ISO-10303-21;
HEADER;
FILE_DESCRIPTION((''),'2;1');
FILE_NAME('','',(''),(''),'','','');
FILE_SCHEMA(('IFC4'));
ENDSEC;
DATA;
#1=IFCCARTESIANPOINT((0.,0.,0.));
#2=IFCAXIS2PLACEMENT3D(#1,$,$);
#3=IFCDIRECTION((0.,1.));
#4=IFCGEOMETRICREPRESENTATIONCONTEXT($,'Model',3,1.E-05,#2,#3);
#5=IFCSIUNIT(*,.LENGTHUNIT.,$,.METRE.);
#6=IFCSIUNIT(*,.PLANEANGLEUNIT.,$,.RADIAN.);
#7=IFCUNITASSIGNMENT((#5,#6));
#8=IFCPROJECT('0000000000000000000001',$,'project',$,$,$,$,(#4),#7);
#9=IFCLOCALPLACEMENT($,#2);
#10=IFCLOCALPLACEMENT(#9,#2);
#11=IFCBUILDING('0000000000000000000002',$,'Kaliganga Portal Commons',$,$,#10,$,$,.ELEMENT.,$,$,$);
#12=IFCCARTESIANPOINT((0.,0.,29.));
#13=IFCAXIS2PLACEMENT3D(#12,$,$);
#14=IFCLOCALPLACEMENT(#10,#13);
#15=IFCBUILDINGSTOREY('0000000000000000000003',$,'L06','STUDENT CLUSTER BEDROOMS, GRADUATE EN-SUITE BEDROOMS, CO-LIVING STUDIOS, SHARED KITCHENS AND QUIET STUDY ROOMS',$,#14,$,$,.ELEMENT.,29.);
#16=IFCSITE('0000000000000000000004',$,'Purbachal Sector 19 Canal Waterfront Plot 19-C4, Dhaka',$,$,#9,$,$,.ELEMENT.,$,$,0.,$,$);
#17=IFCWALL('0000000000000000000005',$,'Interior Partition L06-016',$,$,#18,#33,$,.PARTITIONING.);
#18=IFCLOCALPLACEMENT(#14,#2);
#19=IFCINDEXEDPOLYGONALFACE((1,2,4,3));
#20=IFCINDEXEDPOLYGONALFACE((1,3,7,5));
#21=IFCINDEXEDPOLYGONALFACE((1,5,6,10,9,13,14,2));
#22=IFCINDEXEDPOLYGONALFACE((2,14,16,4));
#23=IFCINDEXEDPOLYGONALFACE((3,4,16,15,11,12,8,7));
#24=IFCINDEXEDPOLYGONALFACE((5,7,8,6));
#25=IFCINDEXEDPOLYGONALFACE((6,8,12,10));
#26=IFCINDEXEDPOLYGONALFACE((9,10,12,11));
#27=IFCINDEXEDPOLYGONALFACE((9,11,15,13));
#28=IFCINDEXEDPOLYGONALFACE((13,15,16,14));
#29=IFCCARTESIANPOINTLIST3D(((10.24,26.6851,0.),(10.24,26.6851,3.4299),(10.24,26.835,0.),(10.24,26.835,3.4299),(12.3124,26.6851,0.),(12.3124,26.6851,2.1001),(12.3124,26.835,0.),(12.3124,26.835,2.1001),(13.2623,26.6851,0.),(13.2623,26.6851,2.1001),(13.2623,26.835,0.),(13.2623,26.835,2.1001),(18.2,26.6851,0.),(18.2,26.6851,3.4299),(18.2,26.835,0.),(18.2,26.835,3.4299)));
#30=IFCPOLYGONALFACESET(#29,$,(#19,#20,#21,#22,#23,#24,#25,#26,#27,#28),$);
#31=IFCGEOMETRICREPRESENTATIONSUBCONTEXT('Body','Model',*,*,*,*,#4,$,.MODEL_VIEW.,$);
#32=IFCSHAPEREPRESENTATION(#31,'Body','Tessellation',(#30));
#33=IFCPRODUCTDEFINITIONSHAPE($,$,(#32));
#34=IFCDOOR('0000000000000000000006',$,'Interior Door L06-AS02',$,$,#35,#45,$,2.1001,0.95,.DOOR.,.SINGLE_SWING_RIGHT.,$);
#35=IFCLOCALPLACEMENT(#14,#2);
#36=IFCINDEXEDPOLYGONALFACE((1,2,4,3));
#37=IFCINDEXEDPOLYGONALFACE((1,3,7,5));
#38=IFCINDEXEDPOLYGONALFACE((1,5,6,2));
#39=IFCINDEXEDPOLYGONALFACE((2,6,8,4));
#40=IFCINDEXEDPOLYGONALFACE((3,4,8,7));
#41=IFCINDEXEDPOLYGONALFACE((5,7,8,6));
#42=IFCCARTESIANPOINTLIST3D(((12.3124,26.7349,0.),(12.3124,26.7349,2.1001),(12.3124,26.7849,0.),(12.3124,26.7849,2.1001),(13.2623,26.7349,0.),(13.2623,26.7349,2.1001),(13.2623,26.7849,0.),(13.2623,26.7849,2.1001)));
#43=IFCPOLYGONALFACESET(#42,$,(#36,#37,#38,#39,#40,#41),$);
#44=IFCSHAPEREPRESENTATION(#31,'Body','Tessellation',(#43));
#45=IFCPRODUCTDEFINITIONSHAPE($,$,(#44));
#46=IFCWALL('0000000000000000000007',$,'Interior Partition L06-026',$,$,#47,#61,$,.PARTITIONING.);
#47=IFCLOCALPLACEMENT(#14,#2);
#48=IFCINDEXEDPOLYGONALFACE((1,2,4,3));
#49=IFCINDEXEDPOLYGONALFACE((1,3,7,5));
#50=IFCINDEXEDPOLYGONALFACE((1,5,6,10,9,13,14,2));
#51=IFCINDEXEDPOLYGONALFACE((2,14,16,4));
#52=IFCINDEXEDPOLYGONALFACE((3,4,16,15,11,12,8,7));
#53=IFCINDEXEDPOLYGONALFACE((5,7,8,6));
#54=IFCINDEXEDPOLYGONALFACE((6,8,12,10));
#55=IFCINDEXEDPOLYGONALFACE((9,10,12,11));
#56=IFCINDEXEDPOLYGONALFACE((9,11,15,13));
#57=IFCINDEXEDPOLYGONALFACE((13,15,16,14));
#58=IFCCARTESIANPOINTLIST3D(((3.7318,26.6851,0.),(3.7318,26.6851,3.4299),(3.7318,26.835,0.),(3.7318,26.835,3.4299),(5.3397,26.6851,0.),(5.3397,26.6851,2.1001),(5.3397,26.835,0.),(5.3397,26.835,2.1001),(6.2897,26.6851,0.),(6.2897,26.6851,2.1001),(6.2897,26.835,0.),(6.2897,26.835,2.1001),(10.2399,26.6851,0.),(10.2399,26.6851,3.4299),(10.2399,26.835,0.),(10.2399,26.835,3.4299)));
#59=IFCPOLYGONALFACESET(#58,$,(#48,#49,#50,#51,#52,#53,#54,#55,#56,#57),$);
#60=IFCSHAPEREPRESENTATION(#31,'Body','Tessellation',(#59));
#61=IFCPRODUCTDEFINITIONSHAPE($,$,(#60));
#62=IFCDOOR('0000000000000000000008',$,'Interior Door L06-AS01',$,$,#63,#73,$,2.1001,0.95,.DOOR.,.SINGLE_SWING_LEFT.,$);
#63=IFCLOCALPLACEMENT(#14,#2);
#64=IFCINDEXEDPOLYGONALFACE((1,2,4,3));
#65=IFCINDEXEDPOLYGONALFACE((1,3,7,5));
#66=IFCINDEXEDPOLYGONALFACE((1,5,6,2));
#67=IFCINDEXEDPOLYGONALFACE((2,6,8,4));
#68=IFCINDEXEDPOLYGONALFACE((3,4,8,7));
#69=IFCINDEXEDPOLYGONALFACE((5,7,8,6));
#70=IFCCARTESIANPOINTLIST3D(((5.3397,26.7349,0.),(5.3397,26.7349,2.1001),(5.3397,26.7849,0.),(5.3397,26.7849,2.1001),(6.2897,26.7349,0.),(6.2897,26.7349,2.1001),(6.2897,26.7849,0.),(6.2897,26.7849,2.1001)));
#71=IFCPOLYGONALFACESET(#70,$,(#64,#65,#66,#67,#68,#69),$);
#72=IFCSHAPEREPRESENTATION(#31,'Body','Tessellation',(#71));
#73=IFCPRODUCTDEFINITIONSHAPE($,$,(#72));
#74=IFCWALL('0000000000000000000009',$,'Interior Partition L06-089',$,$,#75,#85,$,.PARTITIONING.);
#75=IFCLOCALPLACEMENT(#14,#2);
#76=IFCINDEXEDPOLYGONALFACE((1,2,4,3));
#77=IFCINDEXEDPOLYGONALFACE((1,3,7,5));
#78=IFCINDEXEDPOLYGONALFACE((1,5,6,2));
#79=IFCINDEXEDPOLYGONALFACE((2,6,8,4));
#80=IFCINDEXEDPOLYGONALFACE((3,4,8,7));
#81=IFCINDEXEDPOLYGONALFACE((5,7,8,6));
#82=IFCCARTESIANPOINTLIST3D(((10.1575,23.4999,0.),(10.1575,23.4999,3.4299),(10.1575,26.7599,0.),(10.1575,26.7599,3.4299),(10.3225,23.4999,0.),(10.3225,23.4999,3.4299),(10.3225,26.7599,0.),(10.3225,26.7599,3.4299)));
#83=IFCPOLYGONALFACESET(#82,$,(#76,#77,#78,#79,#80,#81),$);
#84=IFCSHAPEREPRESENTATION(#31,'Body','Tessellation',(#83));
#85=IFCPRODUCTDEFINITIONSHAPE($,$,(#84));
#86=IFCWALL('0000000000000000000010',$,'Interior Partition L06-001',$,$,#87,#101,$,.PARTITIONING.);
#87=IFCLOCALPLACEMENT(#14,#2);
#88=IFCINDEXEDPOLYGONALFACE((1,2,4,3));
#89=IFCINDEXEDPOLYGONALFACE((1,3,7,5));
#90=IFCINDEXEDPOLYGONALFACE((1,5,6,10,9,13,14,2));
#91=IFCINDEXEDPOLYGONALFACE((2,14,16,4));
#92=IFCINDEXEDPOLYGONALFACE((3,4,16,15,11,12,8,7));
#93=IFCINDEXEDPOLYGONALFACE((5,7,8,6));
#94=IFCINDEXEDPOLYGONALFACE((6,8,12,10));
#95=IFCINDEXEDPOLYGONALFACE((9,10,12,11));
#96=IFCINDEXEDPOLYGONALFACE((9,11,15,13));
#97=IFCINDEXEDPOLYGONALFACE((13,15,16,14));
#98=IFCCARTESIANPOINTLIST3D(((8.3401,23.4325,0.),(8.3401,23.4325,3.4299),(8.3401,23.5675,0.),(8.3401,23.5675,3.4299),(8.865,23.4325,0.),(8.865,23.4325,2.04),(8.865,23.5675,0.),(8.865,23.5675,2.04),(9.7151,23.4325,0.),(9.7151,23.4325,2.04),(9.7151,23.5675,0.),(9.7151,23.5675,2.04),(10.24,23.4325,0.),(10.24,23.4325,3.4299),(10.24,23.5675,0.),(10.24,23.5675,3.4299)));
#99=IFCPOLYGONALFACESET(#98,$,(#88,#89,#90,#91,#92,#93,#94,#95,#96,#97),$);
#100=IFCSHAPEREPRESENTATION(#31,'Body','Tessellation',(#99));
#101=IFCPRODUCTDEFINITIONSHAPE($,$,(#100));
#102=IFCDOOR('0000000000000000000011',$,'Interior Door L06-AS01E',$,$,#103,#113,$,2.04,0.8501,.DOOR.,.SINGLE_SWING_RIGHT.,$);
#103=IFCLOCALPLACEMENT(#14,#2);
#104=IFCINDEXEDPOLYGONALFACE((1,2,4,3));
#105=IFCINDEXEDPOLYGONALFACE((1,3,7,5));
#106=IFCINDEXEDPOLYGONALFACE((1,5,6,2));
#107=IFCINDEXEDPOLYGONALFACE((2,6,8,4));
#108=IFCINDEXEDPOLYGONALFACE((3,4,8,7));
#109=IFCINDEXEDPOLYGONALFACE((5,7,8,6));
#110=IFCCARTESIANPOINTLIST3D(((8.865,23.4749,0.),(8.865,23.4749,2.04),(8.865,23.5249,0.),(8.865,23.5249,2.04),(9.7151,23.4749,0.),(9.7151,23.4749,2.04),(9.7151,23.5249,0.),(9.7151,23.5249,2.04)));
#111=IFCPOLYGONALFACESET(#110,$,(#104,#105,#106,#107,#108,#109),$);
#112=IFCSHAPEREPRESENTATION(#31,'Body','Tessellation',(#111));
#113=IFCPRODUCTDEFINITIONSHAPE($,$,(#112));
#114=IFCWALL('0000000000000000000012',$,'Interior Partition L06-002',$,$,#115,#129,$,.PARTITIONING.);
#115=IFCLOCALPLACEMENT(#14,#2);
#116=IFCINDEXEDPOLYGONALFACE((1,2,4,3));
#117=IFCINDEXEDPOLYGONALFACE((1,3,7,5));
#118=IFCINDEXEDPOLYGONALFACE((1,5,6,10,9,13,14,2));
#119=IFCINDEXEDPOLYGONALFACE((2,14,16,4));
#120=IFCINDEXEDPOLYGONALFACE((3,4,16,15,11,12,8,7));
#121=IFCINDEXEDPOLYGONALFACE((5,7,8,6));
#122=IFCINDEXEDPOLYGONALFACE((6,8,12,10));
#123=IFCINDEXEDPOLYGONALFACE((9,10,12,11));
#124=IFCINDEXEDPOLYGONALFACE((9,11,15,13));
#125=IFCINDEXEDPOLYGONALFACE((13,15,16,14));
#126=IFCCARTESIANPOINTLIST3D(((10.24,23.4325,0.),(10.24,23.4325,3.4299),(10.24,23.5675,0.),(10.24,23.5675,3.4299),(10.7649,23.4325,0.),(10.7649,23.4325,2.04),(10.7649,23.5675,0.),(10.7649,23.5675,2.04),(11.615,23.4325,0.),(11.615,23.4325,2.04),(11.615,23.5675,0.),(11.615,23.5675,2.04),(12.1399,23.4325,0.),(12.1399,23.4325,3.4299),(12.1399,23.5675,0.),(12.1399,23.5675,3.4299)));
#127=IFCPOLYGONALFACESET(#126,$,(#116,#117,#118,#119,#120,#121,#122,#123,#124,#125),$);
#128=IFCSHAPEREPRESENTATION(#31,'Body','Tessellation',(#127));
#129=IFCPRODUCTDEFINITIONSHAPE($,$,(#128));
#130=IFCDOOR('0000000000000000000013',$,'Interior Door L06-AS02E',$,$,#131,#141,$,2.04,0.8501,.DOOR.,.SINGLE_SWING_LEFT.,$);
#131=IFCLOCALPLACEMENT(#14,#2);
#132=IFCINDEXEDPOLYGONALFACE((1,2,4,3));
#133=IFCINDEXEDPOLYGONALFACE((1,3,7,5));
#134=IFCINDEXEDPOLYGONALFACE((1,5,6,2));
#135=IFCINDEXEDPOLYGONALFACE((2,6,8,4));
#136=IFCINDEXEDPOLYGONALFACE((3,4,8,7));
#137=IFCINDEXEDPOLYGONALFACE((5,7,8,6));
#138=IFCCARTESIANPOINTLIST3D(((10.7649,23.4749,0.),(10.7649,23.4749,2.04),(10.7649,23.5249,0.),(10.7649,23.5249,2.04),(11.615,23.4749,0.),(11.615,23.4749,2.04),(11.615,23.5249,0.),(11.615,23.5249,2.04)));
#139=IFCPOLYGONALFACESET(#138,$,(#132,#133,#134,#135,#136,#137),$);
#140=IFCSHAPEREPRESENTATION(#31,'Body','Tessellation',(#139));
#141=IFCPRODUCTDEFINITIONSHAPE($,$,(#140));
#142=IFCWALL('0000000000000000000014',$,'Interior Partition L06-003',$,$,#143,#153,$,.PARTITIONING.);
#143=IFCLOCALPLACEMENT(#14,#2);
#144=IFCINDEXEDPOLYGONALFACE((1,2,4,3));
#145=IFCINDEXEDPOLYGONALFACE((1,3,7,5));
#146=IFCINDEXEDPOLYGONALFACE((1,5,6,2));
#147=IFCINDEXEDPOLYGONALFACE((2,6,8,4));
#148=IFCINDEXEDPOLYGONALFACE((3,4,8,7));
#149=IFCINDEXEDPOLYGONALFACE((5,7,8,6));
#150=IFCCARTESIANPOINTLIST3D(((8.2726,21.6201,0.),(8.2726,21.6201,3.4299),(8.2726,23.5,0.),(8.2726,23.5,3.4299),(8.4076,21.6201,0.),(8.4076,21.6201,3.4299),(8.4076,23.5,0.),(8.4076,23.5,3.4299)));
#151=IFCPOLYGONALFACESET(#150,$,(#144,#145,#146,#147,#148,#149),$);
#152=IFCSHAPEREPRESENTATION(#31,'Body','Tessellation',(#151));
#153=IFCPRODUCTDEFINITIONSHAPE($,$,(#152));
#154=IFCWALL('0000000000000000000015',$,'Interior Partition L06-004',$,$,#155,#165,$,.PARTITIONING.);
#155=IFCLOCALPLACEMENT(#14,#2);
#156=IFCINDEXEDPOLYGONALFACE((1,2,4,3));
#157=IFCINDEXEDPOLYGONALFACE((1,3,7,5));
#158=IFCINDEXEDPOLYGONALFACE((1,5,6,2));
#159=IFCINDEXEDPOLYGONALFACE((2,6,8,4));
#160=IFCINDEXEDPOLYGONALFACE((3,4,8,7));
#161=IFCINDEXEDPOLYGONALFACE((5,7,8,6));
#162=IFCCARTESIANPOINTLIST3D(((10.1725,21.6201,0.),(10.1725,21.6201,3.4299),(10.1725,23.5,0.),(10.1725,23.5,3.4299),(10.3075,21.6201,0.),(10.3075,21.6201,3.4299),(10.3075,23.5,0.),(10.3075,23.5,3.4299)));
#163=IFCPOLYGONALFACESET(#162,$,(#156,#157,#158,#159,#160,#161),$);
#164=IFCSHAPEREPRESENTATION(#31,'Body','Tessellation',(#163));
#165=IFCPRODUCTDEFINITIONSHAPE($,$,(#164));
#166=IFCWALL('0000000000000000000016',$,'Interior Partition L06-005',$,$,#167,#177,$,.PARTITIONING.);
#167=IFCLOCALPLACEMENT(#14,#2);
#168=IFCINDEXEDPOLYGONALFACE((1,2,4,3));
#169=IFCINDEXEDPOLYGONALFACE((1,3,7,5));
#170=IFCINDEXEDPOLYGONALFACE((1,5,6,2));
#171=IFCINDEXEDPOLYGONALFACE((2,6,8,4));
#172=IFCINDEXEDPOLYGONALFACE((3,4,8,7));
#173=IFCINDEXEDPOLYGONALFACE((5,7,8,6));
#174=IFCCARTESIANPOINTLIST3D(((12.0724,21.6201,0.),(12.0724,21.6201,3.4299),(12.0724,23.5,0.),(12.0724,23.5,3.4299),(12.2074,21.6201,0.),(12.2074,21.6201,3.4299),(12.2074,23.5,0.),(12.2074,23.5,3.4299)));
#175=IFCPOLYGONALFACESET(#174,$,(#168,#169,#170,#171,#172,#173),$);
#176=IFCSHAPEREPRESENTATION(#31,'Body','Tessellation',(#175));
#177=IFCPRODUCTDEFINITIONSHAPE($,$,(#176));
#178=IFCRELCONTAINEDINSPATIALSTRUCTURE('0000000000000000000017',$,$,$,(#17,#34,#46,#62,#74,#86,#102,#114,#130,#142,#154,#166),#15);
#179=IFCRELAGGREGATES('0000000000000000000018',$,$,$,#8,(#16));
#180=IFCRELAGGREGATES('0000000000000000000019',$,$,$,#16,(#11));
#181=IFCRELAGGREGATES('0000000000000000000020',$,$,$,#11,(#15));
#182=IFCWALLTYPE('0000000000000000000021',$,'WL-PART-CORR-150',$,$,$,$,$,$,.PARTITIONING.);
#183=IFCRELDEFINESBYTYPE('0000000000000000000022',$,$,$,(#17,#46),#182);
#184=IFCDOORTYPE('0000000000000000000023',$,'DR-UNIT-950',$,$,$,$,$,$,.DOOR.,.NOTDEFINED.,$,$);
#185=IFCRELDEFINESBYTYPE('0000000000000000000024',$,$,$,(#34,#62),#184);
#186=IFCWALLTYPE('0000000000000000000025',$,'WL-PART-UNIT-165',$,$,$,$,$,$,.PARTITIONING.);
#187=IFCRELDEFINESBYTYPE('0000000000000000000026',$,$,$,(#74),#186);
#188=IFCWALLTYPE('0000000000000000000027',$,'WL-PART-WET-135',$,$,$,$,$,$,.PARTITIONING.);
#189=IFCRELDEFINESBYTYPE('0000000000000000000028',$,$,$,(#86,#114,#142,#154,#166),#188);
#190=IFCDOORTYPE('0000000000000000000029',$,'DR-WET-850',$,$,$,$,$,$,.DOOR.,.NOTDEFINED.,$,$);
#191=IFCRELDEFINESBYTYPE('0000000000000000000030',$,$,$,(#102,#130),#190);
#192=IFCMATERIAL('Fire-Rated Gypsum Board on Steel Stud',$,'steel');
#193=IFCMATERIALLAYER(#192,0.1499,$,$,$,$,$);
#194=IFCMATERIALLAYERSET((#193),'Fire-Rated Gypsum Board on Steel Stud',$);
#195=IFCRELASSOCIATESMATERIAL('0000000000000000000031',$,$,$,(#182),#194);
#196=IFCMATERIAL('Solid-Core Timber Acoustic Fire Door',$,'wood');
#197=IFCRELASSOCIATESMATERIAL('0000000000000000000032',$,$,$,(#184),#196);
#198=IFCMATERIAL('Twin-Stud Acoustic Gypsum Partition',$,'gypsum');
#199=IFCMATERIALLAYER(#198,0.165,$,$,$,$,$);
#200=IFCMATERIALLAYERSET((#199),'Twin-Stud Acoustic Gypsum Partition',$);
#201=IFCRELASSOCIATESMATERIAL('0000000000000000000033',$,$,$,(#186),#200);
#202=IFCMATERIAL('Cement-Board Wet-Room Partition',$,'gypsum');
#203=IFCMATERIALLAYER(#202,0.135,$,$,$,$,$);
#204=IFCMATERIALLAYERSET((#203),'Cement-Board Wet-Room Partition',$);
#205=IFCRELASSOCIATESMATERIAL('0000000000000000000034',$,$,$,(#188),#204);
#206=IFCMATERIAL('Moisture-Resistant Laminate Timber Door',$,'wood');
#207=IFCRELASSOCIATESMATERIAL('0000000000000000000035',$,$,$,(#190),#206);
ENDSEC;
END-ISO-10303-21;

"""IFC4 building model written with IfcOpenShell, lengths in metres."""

from ifc_helpers import new_model, si_unit, direction, frame, frame_2d, origin, place, context, subcontext, project, spatial, rectangle, extrude, material, layer, layer_set, type_object, element, fill, save


model = new_model("IFC4")

# Units and contexts
model_context = context("Model", 3, precision=1e-05, world=origin(), true_north=direction((0.0, 1.0)))
body_context = subcontext(model_context, "Body", "Model", "MODEL_VIEW")
ifc_project = project(units=[si_unit("LENGTHUNIT", "METRE"), si_unit("PLANEANGLEUNIT", "RADIAN")], contexts=[model_context])

# Site, building, storey
site_placement = place(None, origin())
site = spatial("IfcSite", under=ifc_project, at=site_placement, Name="Purbachal Sector 19 Canal Waterfront Plot 19-C4, Dhaka", CompositionType="ELEMENT", RefElevation=0.0)
building_placement = place(site_placement, origin())
building = spatial("IfcBuilding", under=site, at=building_placement, Name="Kaliganga Portal Commons", CompositionType="ELEMENT")
storey_placement = place(building_placement, frame((0.0, 0.0, 29.0)))
storey = spatial("IfcBuildingStorey", under=building, at=storey_placement, Name="L06", Description="STUDENT CLUSTER BEDROOMS, GRADUATE EN-SUITE BEDROOMS, CO-LIVING STUDIOS, SHARED KITCHENS AND QUIET STUDY ROOMS", CompositionType="ELEMENT", Elevation=29.0)

# Walls, openings, doors
ifc_material_1 = material(Name="Fire-Rated Gypsum Board on Steel Stud", Category="steel")
ifc_layer_1 = layer(ifc_material_1, 0.1499)
ifc_layer_set_1 = layer_set([ifc_layer_1], Name="Fire-Rated Gypsum Board on Steel Stud")
wall_type_1 = type_object("IfcWallType", Name="WL-PART-CORR-150", PredefinedType="PARTITIONING", material=ifc_layer_set_1)
wall_1_placement = place(storey_placement, frame((10.24, 26.76, 0.0), z_axis=(0.0, 0.0, 1.0), x_axis=(1.0, 0.0, 0.0)))
wall_1 = element("IfcWall", 1, at=wall_1_placement, inside=storey, type_object=wall_type_1, Name="Interior Partition L06-016", PredefinedType="PARTITIONING", context=body_context, shape_type="SweptSolid", body=[
    extrude(rectangle(XDim=7.96, YDim=0.1499, at=frame_2d((3.98, 0.0))), origin(), (0.0, 0.0, 1.0), 3.4299),
])
opening_1_placement = place(wall_1_placement, frame((2.0723, 0.0, 0.0)))
opening_1 = element("IfcOpeningElement", 2, at=opening_1_placement, cuts=wall_1, PredefinedType="OPENING", context=body_context, shape_type="SweptSolid", body=[
    extrude(rectangle(XDim=0.95, YDim=2.1001, at=frame_2d((0.4751, 1.05))), frame((0.0, 0.085, 0.0), z_axis=(0.0, -1.0, 0.0), x_axis=(1.0, 0.0, 0.0)), (0.0, 0.0, 1.0), 0.1699),
])
ifc_material_2 = material(Name="Solid-Core Timber Acoustic Fire Door", Category="wood")
door_type_1 = type_object("IfcDoorType", Name="DR-UNIT-950", OperationType="NOTDEFINED", PredefinedType="DOOR", material=ifc_material_2)
door_1_placement = place(opening_1_placement, origin())
door_1 = element("IfcDoor", 3, at=door_1_placement, inside=storey, type_object=door_type_1, Name="Interior Door L06-AS02", OperationType="SINGLE_SWING_RIGHT", OverallHeight=2.1001, OverallWidth=0.95, PredefinedType="DOOR", context=body_context, shape_type="SweptSolid", body=[
    extrude(rectangle(XDim=0.95, YDim=2.1001, at=frame_2d((0.4751, 1.05))), frame((0.0, 0.0249, 0.0), z_axis=(0.0, -1.0, 0.0), x_axis=(1.0, 0.0, 0.0)), (0.0, 0.0, 1.0), 0.05),
])
fill(opening_1, door_1)
wall_2_placement = place(storey_placement, frame((3.7319, 26.76, 0.0), z_axis=(0.0, 0.0, 1.0), x_axis=(1.0, 0.0, 0.0)))
wall_2 = element("IfcWall", 4, at=wall_2_placement, inside=storey, type_object=wall_type_1, Name="Interior Partition L06-026", PredefinedType="PARTITIONING", context=body_context, shape_type="SweptSolid", body=[
    extrude(rectangle(XDim=6.5081, YDim=0.1499, at=frame_2d((3.2539, 0.0))), origin(), (0.0, 0.0, 1.0), 3.4299),
])
opening_2_placement = place(wall_2_placement, frame((1.6077, 0.0, 0.0)))
opening_2 = element("IfcOpeningElement", 5, at=opening_2_placement, cuts=wall_2, PredefinedType="OPENING", context=body_context, shape_type="SweptSolid", body=[
    extrude(rectangle(XDim=0.95, YDim=2.1001, at=frame_2d((0.4751, 1.05))), frame((0.0, 0.085, 0.0), z_axis=(0.0, -1.0, 0.0), x_axis=(1.0, 0.0, 0.0)), (0.0, 0.0, 1.0), 0.1699),
])
door_2_placement = place(opening_2_placement, origin())
door_2 = element("IfcDoor", 6, at=door_2_placement, inside=storey, type_object=door_type_1, Name="Interior Door L06-AS01", OperationType="SINGLE_SWING_LEFT", OverallHeight=2.1001, OverallWidth=0.95, PredefinedType="DOOR", context=body_context, shape_type="SweptSolid", body=[
    extrude(rectangle(XDim=0.95, YDim=2.1001, at=frame_2d((0.4751, 1.05))), frame((0.0, 0.0249, 0.0), z_axis=(0.0, -1.0, 0.0), x_axis=(1.0, 0.0, 0.0)), (0.0, 0.0, 1.0), 0.05),
])
fill(opening_2, door_2)

# Wall
ifc_material_3 = material(Name="Twin-Stud Acoustic Gypsum Partition", Category="gypsum")
ifc_layer_2 = layer(ifc_material_3, 0.165)
ifc_layer_set_2 = layer_set([ifc_layer_2], Name="Twin-Stud Acoustic Gypsum Partition")
wall_type_2 = type_object("IfcWallType", Name="WL-PART-UNIT-165", PredefinedType="PARTITIONING", material=ifc_layer_set_2)
wall_3_placement = place(storey_placement, frame((10.24, 23.5, 0.0), z_axis=(0.0, 0.0, 1.0), x_axis=(0.0, 1.0, 0.0)))
element("IfcWall", 7, at=wall_3_placement, inside=storey, type_object=wall_type_2, Name="Interior Partition L06-089", PredefinedType="PARTITIONING", context=body_context, shape_type="SweptSolid", body=[
    extrude(rectangle(XDim=3.26, YDim=0.165, at=frame_2d((1.6299, 0.0))), origin(), (0.0, 0.0, 1.0), 3.4299),
])

# Walls, openings, doors
ifc_material_4 = material(Name="Cement-Board Wet-Room Partition", Category="gypsum")
ifc_layer_3 = layer(ifc_material_4, 0.135)
ifc_layer_set_3 = layer_set([ifc_layer_3], Name="Cement-Board Wet-Room Partition")
wall_type_3 = type_object("IfcWallType", Name="WL-PART-WET-135", PredefinedType="PARTITIONING", material=ifc_layer_set_3)
wall_4_placement = place(storey_placement, frame((8.3401, 23.5, 0.0), z_axis=(0.0, 0.0, 1.0), x_axis=(1.0, 0.0, 0.0)))
wall_4 = element("IfcWall", 8, at=wall_4_placement, inside=storey, type_object=wall_type_3, Name="Interior Partition L06-001", PredefinedType="PARTITIONING", context=body_context, shape_type="SweptSolid", body=[
    extrude(rectangle(XDim=1.8999, YDim=0.135, at=frame_2d((0.95, 0.0))), origin(), (0.0, 0.0, 1.0), 3.4299),
])
opening_3_placement = place(wall_4_placement, frame((0.5249, 0.0, 0.0)))
opening_3 = element("IfcOpeningElement", 9, at=opening_3_placement, cuts=wall_4, PredefinedType="OPENING", context=body_context, shape_type="SweptSolid", body=[
    extrude(rectangle(XDim=0.8501, YDim=2.04, at=frame_2d((0.425, 1.02))), frame((0.0, 0.0776, 0.0), z_axis=(0.0, -1.0, 0.0), x_axis=(1.0, 0.0, 0.0)), (0.0, 0.0, 1.0), 0.155),
])
ifc_material_5 = material(Name="Moisture-Resistant Laminate Timber Door", Category="wood")
door_type_2 = type_object("IfcDoorType", Name="DR-WET-850", OperationType="NOTDEFINED", PredefinedType="DOOR", material=ifc_material_5)
door_3_placement = place(opening_3_placement, origin())
door_3 = element("IfcDoor", 10, at=door_3_placement, inside=storey, type_object=door_type_2, Name="Interior Door L06-AS01E", OperationType="SINGLE_SWING_RIGHT", OverallHeight=2.04, OverallWidth=0.8501, PredefinedType="DOOR", context=body_context, shape_type="SweptSolid", body=[
    extrude(rectangle(XDim=0.8501, YDim=2.04, at=frame_2d((0.425, 1.02))), frame((0.0, 0.0249, 0.0), z_axis=(0.0, -1.0, 0.0), x_axis=(1.0, 0.0, 0.0)), (0.0, 0.0, 1.0), 0.05),
])
fill(opening_3, door_3)
wall_5_placement = place(storey_placement, frame((10.24, 23.5, 0.0), z_axis=(0.0, 0.0, 1.0), x_axis=(1.0, 0.0, 0.0)))
wall_5 = element("IfcWall", 11, at=wall_5_placement, inside=storey, type_object=wall_type_3, Name="Interior Partition L06-002", PredefinedType="PARTITIONING", context=body_context, shape_type="SweptSolid", body=[
    extrude(rectangle(XDim=1.8999, YDim=0.135, at=frame_2d((0.95, 0.0))), origin(), (0.0, 0.0, 1.0), 3.4299),
])
opening_4_placement = place(wall_5_placement, frame((0.5249, 0.0, 0.0)))
opening_4 = element("IfcOpeningElement", 12, at=opening_4_placement, cuts=wall_5, PredefinedType="OPENING", context=body_context, shape_type="SweptSolid", body=[
    extrude(rectangle(XDim=0.8501, YDim=2.04, at=frame_2d((0.425, 1.02))), frame((0.0, 0.0776, 0.0), z_axis=(0.0, -1.0, 0.0), x_axis=(1.0, 0.0, 0.0)), (0.0, 0.0, 1.0), 0.155),
])
door_4_placement = place(opening_4_placement, origin())
door_4 = element("IfcDoor", 13, at=door_4_placement, inside=storey, type_object=door_type_2, Name="Interior Door L06-AS02E", OperationType="SINGLE_SWING_LEFT", OverallHeight=2.04, OverallWidth=0.8501, PredefinedType="DOOR", context=body_context, shape_type="SweptSolid", body=[
    extrude(rectangle(XDim=0.8501, YDim=2.04, at=frame_2d((0.425, 1.02))), frame((0.0, 0.0249, 0.0), z_axis=(0.0, -1.0, 0.0), x_axis=(1.0, 0.0, 0.0)), (0.0, 0.0, 1.0), 0.05),
])
fill(opening_4, door_4)

# Walls
for number, where, z_axis, x_axis, name in (
    (14, (8.3401, 21.6201, 0.0), (0.0, 0.0, 1.0), (0.0, 1.0, 0.0), "Interior Partition L06-003"),
    (15, (10.24, 21.6201, 0.0), (0.0, 0.0, 1.0), (0.0, 1.0, 0.0), "Interior Partition L06-004"),
    (16, (12.1399, 21.6201, 0.0), (0.0, 0.0, 1.0), (0.0, 1.0, 0.0), "Interior Partition L06-005"),
):
    element("IfcWall", number, at=place(storey_placement, frame(where, z_axis=z_axis, x_axis=x_axis)), inside=storey, type_object=wall_type_3, Name=name, PredefinedType="PARTITIONING", context=body_context, shape_type="SweptSolid", body=[
        extrude(rectangle(XDim=1.8799, YDim=0.135, at=frame_2d((0.9399, 0.0))), origin(), (0.0, 0.0, 1.0), 3.4299),
    ])

save(model, "model.ifc")
